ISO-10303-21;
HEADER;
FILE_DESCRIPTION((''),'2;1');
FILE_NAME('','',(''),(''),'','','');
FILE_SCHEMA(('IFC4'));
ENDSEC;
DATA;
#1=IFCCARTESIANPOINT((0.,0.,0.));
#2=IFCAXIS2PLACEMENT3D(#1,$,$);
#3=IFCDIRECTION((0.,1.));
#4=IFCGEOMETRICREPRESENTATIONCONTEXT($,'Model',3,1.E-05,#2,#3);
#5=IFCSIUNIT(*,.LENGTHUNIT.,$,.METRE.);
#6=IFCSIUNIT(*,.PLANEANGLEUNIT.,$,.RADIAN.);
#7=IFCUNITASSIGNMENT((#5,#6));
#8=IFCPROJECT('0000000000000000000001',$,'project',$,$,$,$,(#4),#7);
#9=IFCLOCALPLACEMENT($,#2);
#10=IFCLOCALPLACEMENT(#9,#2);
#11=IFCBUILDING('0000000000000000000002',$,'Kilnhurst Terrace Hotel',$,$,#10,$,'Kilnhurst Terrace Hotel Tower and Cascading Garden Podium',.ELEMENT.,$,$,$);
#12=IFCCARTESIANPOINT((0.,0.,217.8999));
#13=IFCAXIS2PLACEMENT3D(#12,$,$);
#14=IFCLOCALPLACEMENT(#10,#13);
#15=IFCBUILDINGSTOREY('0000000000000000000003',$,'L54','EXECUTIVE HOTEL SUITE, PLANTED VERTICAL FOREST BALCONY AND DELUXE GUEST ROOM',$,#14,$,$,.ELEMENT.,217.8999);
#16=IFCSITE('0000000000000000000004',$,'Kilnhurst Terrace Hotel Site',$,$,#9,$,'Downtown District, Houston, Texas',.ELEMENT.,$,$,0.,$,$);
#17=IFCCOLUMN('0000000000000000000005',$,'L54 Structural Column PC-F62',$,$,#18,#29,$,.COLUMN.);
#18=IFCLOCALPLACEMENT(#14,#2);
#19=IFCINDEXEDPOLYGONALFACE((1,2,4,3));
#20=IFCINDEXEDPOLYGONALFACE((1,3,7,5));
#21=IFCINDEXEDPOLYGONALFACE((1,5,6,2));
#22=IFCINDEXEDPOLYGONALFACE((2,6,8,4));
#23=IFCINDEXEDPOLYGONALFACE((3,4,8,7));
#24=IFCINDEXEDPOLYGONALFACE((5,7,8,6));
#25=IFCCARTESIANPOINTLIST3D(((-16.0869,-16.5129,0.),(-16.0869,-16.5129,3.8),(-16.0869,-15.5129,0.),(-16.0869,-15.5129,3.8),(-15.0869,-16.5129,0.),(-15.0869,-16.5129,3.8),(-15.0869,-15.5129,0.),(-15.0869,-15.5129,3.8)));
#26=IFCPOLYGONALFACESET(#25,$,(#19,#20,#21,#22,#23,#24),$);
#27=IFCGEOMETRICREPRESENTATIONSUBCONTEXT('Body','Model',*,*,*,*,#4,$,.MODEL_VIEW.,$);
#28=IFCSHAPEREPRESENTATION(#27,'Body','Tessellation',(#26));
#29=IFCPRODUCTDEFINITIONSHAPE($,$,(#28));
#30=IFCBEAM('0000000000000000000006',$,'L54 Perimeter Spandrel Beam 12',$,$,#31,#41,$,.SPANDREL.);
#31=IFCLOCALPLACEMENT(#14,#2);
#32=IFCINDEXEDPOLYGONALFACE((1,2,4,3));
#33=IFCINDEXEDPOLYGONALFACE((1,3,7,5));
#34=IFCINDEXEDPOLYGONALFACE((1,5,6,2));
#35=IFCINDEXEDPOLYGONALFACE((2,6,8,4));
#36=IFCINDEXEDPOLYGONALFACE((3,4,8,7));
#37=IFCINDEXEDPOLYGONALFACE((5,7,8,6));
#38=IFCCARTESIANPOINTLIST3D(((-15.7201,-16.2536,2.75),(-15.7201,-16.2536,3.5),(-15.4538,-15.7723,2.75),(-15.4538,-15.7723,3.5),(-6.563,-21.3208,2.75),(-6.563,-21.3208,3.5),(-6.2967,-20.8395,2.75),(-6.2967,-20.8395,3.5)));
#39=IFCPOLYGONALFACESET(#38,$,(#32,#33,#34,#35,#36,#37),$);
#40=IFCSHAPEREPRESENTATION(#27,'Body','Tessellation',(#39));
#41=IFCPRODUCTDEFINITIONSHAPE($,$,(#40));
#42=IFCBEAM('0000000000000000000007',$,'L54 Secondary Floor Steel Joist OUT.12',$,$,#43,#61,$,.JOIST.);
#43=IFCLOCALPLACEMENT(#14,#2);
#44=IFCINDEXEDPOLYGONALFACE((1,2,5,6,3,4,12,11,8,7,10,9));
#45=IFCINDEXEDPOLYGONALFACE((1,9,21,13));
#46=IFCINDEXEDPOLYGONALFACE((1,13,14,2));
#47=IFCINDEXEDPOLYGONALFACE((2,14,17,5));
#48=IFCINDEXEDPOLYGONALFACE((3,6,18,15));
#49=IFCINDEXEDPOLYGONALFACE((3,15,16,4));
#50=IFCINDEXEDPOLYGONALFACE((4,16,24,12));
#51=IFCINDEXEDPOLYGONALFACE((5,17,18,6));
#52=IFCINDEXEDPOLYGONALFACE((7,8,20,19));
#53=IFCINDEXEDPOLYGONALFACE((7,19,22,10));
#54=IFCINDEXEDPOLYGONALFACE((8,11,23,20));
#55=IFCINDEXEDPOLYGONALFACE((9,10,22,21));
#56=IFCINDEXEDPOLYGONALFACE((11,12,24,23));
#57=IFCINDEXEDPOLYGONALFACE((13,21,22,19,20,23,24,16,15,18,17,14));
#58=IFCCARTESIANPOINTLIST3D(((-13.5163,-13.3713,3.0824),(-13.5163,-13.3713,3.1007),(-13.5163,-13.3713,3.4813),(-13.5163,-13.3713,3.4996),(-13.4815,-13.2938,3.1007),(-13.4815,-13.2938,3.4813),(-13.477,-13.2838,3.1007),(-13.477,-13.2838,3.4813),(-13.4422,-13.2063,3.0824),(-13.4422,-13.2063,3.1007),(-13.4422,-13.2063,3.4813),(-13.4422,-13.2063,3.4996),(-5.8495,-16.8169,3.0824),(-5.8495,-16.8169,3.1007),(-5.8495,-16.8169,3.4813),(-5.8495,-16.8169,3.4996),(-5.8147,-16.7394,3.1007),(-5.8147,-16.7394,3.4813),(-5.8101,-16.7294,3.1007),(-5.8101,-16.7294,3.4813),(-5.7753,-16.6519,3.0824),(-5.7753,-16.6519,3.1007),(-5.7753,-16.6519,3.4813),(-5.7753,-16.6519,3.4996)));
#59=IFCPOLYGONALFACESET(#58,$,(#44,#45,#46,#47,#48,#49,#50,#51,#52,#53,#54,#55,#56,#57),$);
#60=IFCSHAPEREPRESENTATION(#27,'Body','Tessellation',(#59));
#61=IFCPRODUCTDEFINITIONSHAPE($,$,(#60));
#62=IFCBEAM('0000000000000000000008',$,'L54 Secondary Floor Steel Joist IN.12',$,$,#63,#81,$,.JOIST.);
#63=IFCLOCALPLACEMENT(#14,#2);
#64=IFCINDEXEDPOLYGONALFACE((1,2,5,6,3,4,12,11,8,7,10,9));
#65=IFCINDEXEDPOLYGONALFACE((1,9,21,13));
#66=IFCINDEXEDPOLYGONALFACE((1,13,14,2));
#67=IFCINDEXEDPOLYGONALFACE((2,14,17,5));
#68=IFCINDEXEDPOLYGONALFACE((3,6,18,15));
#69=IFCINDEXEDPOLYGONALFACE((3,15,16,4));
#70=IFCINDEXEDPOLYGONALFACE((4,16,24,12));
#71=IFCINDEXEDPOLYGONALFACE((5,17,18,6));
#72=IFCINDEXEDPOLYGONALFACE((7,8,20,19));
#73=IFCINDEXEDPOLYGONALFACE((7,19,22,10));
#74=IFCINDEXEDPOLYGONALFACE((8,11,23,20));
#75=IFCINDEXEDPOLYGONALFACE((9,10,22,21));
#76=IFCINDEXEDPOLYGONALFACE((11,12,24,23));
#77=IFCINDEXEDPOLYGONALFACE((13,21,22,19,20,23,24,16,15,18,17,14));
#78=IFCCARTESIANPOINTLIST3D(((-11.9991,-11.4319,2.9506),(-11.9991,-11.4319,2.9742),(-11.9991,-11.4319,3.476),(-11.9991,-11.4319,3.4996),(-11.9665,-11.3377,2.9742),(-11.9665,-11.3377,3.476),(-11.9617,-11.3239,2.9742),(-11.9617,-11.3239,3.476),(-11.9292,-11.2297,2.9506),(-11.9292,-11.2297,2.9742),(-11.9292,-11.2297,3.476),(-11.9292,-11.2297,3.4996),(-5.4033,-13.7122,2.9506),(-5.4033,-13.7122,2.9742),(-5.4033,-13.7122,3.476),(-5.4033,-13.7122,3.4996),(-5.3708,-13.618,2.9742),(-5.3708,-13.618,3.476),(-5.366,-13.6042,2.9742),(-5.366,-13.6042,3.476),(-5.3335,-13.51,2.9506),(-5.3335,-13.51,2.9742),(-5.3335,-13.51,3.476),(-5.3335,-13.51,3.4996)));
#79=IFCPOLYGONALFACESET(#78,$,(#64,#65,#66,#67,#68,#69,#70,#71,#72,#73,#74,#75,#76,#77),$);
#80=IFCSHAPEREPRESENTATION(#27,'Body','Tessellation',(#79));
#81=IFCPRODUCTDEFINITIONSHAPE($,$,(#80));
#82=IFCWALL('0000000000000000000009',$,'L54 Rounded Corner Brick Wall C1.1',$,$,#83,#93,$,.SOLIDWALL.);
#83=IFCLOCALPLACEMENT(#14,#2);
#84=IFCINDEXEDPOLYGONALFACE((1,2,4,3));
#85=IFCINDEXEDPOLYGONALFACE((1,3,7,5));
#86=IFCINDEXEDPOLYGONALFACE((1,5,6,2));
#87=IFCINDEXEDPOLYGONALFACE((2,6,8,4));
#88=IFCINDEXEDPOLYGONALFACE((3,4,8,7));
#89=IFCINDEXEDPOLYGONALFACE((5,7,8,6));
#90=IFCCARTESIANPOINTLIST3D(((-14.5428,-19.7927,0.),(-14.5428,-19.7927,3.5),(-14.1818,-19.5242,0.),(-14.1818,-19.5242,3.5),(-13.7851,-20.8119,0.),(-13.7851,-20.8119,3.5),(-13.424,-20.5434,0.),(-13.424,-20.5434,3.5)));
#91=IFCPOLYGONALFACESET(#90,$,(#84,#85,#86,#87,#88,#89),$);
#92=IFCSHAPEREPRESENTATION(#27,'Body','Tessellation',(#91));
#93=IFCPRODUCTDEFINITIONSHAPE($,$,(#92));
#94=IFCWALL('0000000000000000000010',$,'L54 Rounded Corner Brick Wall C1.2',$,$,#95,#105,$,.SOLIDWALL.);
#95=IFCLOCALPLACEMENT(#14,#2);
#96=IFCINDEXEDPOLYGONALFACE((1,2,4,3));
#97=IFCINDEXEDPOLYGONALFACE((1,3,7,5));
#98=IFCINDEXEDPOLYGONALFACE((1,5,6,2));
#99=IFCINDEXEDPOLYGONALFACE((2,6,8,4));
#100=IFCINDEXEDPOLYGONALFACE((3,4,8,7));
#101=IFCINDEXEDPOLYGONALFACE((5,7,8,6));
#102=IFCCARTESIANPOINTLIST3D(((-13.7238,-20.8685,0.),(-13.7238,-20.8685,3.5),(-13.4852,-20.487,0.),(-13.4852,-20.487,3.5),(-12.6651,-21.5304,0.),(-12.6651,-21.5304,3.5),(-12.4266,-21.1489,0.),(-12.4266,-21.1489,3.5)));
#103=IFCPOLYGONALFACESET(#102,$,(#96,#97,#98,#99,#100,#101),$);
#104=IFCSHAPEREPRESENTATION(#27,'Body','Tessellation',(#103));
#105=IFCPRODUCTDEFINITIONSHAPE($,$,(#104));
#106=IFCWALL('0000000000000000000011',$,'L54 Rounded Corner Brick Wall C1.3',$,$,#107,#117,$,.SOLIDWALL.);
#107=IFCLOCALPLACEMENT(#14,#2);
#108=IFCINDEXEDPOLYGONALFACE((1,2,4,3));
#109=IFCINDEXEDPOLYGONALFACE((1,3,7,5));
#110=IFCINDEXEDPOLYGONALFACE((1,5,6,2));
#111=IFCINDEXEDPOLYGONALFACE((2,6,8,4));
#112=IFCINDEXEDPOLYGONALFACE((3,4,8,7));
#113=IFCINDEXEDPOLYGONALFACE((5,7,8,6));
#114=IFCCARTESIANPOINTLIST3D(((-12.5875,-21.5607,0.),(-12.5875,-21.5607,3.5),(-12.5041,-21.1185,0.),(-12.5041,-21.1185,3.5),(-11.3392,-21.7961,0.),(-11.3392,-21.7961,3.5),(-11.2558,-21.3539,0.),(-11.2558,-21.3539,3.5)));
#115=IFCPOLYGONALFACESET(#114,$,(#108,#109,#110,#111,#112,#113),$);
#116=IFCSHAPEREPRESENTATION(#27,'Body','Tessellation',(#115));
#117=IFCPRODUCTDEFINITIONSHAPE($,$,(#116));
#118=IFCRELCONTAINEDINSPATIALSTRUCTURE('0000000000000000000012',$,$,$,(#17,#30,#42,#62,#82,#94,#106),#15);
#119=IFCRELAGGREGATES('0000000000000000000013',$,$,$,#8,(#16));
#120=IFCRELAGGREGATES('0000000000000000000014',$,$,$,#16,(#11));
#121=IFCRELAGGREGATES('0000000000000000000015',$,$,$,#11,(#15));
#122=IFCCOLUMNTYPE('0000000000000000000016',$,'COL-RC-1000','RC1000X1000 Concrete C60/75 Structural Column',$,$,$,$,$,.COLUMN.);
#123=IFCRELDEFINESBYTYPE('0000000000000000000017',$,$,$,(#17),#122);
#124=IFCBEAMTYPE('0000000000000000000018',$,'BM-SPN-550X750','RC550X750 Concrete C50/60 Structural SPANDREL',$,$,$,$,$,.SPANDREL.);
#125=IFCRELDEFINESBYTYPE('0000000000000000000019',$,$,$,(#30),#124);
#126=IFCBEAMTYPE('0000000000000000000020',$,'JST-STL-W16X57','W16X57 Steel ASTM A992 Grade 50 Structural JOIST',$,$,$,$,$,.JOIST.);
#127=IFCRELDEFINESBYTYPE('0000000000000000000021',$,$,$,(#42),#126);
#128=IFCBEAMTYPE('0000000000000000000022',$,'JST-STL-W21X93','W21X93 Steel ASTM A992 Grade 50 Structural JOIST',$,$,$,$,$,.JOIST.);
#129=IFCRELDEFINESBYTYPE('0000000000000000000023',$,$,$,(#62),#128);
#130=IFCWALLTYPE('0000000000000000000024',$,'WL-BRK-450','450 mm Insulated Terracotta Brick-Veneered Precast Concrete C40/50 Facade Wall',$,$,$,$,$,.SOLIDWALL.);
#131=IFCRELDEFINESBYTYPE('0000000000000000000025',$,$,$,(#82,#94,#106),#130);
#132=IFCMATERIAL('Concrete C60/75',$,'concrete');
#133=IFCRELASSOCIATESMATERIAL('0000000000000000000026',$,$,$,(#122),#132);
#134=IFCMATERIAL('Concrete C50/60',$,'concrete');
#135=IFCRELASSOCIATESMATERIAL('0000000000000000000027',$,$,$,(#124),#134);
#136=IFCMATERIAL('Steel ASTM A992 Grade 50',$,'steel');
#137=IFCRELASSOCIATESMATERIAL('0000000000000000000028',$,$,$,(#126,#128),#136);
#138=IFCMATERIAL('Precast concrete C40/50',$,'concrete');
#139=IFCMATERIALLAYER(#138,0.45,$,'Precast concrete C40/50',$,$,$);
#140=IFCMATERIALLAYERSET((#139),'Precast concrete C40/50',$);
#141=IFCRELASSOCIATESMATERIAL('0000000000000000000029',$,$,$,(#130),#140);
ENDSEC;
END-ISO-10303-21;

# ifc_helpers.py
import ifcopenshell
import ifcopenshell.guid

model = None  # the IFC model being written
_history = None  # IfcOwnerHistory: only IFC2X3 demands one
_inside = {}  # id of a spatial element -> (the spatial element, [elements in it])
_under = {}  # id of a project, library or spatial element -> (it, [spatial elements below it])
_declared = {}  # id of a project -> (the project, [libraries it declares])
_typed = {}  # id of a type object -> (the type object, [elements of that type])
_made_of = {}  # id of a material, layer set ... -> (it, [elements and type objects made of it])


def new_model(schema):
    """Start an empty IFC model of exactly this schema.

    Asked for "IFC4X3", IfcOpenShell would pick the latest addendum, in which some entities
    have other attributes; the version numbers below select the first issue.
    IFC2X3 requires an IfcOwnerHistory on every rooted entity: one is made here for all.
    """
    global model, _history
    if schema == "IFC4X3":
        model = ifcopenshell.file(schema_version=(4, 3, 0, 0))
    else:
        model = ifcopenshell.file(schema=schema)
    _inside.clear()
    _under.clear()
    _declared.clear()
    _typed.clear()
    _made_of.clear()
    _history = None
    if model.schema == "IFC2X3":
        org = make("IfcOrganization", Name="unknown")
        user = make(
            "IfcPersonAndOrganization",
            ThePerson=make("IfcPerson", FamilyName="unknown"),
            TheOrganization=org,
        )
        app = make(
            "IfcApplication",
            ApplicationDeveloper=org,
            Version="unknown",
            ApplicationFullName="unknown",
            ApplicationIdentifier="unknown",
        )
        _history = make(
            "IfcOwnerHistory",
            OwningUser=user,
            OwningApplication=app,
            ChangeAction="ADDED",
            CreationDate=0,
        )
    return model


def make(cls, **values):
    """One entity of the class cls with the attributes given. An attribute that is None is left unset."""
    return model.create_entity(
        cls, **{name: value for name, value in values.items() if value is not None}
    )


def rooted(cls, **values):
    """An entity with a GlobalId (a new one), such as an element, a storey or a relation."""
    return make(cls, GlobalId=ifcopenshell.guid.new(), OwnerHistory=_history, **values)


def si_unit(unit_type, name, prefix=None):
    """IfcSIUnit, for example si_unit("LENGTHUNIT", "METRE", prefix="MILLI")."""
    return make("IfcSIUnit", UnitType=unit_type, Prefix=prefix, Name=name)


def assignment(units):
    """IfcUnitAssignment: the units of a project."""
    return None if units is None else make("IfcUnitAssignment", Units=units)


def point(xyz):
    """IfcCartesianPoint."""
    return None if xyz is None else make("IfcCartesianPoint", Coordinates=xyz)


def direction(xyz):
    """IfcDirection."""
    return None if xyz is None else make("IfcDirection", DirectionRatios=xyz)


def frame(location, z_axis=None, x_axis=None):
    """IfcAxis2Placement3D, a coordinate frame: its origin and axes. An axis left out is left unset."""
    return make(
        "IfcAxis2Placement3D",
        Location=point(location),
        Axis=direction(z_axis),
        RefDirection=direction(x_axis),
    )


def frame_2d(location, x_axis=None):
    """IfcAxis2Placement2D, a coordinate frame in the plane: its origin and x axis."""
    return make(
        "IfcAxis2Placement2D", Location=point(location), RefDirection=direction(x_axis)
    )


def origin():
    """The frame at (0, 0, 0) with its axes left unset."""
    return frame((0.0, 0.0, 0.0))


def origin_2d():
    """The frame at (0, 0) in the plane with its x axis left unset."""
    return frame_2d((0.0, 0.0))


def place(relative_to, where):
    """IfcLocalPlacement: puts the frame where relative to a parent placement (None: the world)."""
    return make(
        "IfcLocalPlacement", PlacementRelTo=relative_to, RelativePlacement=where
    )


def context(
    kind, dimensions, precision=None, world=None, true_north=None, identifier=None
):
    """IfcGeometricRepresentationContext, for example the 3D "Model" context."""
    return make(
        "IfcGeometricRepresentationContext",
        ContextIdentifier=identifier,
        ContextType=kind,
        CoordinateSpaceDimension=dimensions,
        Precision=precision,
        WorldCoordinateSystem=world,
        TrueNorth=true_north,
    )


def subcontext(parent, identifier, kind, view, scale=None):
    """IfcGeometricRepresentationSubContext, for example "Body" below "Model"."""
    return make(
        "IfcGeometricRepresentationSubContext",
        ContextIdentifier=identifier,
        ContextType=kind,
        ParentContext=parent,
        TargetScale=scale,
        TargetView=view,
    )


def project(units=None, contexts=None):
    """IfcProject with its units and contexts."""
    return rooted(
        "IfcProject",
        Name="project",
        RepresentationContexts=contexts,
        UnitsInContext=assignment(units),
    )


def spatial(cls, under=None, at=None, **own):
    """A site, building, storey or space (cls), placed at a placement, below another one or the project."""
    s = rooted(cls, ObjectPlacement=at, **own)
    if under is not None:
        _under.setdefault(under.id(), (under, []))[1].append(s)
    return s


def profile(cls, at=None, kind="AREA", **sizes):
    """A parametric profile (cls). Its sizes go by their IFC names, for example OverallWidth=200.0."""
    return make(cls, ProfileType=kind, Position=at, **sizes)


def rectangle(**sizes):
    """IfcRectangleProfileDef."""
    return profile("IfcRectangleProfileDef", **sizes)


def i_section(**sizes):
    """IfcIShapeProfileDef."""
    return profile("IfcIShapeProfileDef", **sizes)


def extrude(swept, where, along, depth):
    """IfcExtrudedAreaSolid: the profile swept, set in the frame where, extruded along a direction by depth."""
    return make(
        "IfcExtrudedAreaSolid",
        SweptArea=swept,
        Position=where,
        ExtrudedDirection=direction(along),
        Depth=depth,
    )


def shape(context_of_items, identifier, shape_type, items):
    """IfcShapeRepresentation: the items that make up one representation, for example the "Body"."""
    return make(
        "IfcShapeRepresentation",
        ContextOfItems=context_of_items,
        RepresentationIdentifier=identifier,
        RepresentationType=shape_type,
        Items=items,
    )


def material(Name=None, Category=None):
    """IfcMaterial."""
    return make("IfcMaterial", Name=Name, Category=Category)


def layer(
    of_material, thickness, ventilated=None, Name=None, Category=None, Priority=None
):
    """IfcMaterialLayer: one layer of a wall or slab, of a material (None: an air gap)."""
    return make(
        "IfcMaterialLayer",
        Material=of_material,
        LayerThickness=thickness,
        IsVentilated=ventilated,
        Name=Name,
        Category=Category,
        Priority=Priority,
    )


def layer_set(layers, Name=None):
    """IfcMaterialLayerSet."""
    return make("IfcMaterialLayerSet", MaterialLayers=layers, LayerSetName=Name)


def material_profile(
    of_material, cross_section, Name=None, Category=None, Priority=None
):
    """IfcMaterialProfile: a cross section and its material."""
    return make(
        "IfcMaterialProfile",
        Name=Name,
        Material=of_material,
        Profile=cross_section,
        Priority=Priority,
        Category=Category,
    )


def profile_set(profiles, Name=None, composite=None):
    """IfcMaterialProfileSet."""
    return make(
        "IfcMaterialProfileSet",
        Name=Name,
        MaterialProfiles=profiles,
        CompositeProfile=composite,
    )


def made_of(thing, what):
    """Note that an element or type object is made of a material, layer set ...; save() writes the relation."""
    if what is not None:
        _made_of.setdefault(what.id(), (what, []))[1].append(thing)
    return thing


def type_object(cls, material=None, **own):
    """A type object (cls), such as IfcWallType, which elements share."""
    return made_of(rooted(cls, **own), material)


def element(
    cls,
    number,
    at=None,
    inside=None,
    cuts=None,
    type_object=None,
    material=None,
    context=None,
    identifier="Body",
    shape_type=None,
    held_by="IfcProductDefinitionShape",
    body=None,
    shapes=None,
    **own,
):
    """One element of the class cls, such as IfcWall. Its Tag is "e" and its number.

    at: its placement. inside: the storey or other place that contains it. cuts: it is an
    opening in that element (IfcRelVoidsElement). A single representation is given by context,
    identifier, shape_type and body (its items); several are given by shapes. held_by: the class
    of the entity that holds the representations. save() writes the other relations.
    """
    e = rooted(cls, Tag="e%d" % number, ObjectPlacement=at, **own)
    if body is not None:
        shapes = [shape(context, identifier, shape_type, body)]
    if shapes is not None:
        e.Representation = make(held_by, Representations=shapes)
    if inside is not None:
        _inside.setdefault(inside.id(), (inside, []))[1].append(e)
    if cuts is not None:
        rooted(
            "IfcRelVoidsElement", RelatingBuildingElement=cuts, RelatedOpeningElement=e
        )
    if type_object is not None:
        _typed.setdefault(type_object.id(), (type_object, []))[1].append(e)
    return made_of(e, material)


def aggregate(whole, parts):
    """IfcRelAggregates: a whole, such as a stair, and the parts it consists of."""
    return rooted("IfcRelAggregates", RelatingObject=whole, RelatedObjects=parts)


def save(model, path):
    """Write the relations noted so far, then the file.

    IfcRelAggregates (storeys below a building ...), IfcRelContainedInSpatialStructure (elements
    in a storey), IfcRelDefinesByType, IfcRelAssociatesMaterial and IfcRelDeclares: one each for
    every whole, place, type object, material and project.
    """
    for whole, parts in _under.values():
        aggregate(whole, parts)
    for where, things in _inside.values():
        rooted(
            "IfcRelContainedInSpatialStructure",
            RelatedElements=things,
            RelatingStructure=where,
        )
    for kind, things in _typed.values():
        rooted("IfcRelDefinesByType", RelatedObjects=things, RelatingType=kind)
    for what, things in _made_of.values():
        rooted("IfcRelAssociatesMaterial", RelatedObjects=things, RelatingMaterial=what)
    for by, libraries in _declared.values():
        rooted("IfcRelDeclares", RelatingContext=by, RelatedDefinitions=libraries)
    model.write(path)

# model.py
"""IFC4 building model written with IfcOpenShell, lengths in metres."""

from ifc_helpers import new_model, si_unit, direction, frame, frame_2d, origin, origin_2d, place, context, subcontext, project, spatial, rectangle, i_section, extrude, material, layer, layer_set, material_profile, profile_set, type_object, element, save


model = new_model("IFC4")

# Units and contexts
model_context = context("Model", 3, precision=1e-05, world=origin(), true_north=direction((0.0, 1.0)))
body_context = subcontext(model_context, "Body", "Model", "MODEL_VIEW")
ifc_project = project(units=[si_unit("LENGTHUNIT", "METRE"), si_unit("PLANEANGLEUNIT", "RADIAN")], contexts=[model_context])

# Site, building, storey
site_placement = place(None, origin())
site = spatial("IfcSite", under=ifc_project, at=site_placement, Name="Kilnhurst Terrace Hotel Site", LongName="Downtown District, Houston, Texas", CompositionType="ELEMENT", RefElevation=0.0)
building_placement = place(site_placement, origin())
building = spatial("IfcBuilding", under=site, at=building_placement, Name="Kilnhurst Terrace Hotel", LongName="Kilnhurst Terrace Hotel Tower and Cascading Garden Podium", CompositionType="ELEMENT")
storey_placement = place(building_placement, frame((0.0, 0.0, 217.8999)))
storey = spatial("IfcBuildingStorey", under=building, at=storey_placement, Name="L54", Description="EXECUTIVE HOTEL SUITE, PLANTED VERTICAL FOREST BALCONY AND DELUXE GUEST ROOM", CompositionType="ELEMENT", Elevation=217.8999)

# Column
ifc_material_1 = material(Name="Concrete C60/75", Category="concrete")
ifc_material_profile_1 = material_profile(ifc_material_1, rectangle(XDim=1.0, YDim=1.0, at=origin_2d()), Name="RC1000X1000")
ifc_profile_set_1 = profile_set([ifc_material_profile_1], Name="Concrete C60/75")
column_type = type_object("IfcColumnType", Name="COL-RC-1000", Description="RC1000X1000 Concrete C60/75 Structural Column", PredefinedType="COLUMN", material=ifc_profile_set_1)
column_placement = place(storey_placement, frame((-15.5869, -16.0129, 0.0), z_axis=(0.0, 0.0, 1.0), x_axis=(1.0, 0.0, 0.0)))
element("IfcColumn", 1, at=column_placement, inside=storey, type_object=column_type, Name="L54 Structural Column PC-F62", PredefinedType="COLUMN", context=body_context, shape_type="SweptSolid", body=[
    extrude(rectangle(XDim=1.0, YDim=1.0, at=origin_2d()), origin(), (0.0, 0.0, 1.0), 3.8),
])

# Beams
ifc_material_2 = material(Name="Concrete C50/60", Category="concrete")
ifc_material_profile_2 = material_profile(ifc_material_2, rectangle(XDim=0.55, YDim=0.75, at=origin_2d()), Name="RC550X750")
ifc_profile_set_2 = profile_set([ifc_material_profile_2], Name="Concrete C50/60")
beam_type_1 = type_object("IfcBeamType", Name="BM-SPN-550X750", Description="RC550X750 Concrete C50/60 Structural SPANDREL", PredefinedType="SPANDREL", material=ifc_profile_set_2)
beam_1_placement = place(storey_placement, frame((-15.5869, -16.0129, 3.125), z_axis=(0.87497, -0.484177, 0.0), x_axis=(0.484177, 0.87497, 0.0)))
element("IfcBeam", 2, at=beam_1_placement, inside=storey, type_object=beam_type_1, Name="L54 Perimeter Spandrel Beam 12", PredefinedType="SPANDREL", context=body_context, shape_type="SweptSolid", body=[
    extrude(rectangle(XDim=0.55, YDim=0.75, at=origin_2d()), origin(), (0.0, 0.0, 1.0), 10.4656),
])
ifc_material_3 = material(Name="Steel ASTM A992 Grade 50", Category="steel")
ifc_material_profile_3 = material_profile(ifc_material_3, i_section(OverallWidth=0.1809, OverallDepth=0.4172, WebThickness=0.011, FlangeThickness=0.0183, at=origin_2d()), Name="W16X57")
ifc_profile_set_3 = profile_set([ifc_material_profile_3], Name="Steel ASTM A992 Grade 50")
beam_type_2 = type_object("IfcBeamType", Name="JST-STL-W16X57", Description="W16X57 Steel ASTM A992 Grade 50 Structural JOIST", PredefinedType="JOIST", material=ifc_profile_set_3)
beam_2_placement = place(storey_placement, frame((-13.4792, -13.2888, 3.291), z_axis=(0.912121, -0.409921, 0.0), x_axis=(0.409921, 0.912121, 0.0)))
element("IfcBeam", 3, at=beam_2_placement, inside=storey, type_object=beam_type_2, Name="L54 Secondary Floor Steel Joist OUT.12", PredefinedType="JOIST", context=body_context, shape_type="SweptSolid", body=[
    extrude(i_section(OverallWidth=0.1809, OverallDepth=0.4172, WebThickness=0.011, FlangeThickness=0.0183, at=origin_2d()), origin(), (0.0, 0.0, 1.0), 8.4055),
])
ifc_material_profile_4 = material_profile(ifc_material_3, i_section(OverallWidth=0.2139, OverallDepth=0.5491, WebThickness=0.0146, FlangeThickness=0.0237, at=origin_2d()), Name="W21X93")
ifc_profile_set_4 = profile_set([ifc_material_profile_4], Name="Steel ASTM A992 Grade 50")
beam_type_3 = type_object("IfcBeamType", Name="JST-STL-W21X93", Description="W21X93 Steel ASTM A992 Grade 50 Structural JOIST", PredefinedType="JOIST", material=ifc_profile_set_4)
beam_3_placement = place(storey_placement, frame((-11.9641, -11.3308, 3.2251), z_axis=(0.945112, -0.326745, 0.0), x_axis=(0.326745, 0.945112, 0.0)))
element("IfcBeam", 4, at=beam_3_placement, inside=storey, type_object=beam_type_3, Name="L54 Secondary Floor Steel Joist IN.12", PredefinedType="JOIST", context=body_context, shape_type="SweptSolid", body=[
    extrude(i_section(OverallWidth=0.2139, OverallDepth=0.5491, WebThickness=0.0146, FlangeThickness=0.0237, at=origin_2d()), origin(), (0.0, 0.0, 1.0), 6.9788),
])

# Walls
ifc_material_4 = material(Name="Precast concrete C40/50", Category="concrete")
ifc_layer_1 = layer(ifc_material_4, 0.45, Name="Precast concrete C40/50")
ifc_layer_set_1 = layer_set([ifc_layer_1], Name="Precast concrete C40/50")
wall_type_1 = type_object("IfcWallType", Name="WL-BRK-450", Description="450 mm Insulated Terracotta Brick-Veneered Precast Concrete C40/50 Facade Wall", PredefinedType="SOLIDWALL", material=ifc_layer_set_1)
wall_1_placement = place(storey_placement, frame((-14.3623, -19.6584, 0.0), z_axis=(0.0, 0.0, 1.0), x_axis=(0.596642, -0.802507, 0.0)))
element("IfcWall", 5, at=wall_1_placement, inside=storey, type_object=wall_type_1, Name="L54 Rounded Corner Brick Wall C1.1", PredefinedType="SOLIDWALL", context=body_context, shape_type="SweptSolid", body=[
    extrude(rectangle(XDim=1.27, YDim=0.45, at=frame_2d((0.635, 0.0))), origin(), (0.0, 0.0, 1.0), 3.5),
])
wall_2_placement = place(storey_placement, frame((-13.6045, -20.6777, 0.0), z_axis=(0.0, 0.0, 1.0), x_axis=(0.84791, -0.53014, 0.0)))
element("IfcWall", 6, at=wall_2_placement, inside=storey, type_object=wall_type_1, Name="L54 Rounded Corner Brick Wall C1.2", PredefinedType="SOLIDWALL", context=body_context, shape_type="SweptSolid", body=[
    extrude(rectangle(XDim=1.2485, YDim=0.45, at=frame_2d((0.6243, 0.0))), origin(), (0.0, 0.0, 1.0), 3.5),
])
wall_3_placement = place(storey_placement, frame((-12.5459, -21.3396, 0.0), z_axis=(0.0, 0.0, 1.0), x_axis=(0.982687, -0.185275, 0.0)))
element("IfcWall", 7, at=wall_3_placement, inside=storey, type_object=wall_type_1, Name="L54 Rounded Corner Brick Wall C1.3", PredefinedType="SOLIDWALL", context=body_context, shape_type="SweptSolid", body=[
    extrude(rectangle(XDim=1.2703, YDim=0.45, at=frame_2d((0.6353, 0.0))), origin(), (0.0, 0.0, 1.0), 3.5),
])

save(model, "model.ifc")
